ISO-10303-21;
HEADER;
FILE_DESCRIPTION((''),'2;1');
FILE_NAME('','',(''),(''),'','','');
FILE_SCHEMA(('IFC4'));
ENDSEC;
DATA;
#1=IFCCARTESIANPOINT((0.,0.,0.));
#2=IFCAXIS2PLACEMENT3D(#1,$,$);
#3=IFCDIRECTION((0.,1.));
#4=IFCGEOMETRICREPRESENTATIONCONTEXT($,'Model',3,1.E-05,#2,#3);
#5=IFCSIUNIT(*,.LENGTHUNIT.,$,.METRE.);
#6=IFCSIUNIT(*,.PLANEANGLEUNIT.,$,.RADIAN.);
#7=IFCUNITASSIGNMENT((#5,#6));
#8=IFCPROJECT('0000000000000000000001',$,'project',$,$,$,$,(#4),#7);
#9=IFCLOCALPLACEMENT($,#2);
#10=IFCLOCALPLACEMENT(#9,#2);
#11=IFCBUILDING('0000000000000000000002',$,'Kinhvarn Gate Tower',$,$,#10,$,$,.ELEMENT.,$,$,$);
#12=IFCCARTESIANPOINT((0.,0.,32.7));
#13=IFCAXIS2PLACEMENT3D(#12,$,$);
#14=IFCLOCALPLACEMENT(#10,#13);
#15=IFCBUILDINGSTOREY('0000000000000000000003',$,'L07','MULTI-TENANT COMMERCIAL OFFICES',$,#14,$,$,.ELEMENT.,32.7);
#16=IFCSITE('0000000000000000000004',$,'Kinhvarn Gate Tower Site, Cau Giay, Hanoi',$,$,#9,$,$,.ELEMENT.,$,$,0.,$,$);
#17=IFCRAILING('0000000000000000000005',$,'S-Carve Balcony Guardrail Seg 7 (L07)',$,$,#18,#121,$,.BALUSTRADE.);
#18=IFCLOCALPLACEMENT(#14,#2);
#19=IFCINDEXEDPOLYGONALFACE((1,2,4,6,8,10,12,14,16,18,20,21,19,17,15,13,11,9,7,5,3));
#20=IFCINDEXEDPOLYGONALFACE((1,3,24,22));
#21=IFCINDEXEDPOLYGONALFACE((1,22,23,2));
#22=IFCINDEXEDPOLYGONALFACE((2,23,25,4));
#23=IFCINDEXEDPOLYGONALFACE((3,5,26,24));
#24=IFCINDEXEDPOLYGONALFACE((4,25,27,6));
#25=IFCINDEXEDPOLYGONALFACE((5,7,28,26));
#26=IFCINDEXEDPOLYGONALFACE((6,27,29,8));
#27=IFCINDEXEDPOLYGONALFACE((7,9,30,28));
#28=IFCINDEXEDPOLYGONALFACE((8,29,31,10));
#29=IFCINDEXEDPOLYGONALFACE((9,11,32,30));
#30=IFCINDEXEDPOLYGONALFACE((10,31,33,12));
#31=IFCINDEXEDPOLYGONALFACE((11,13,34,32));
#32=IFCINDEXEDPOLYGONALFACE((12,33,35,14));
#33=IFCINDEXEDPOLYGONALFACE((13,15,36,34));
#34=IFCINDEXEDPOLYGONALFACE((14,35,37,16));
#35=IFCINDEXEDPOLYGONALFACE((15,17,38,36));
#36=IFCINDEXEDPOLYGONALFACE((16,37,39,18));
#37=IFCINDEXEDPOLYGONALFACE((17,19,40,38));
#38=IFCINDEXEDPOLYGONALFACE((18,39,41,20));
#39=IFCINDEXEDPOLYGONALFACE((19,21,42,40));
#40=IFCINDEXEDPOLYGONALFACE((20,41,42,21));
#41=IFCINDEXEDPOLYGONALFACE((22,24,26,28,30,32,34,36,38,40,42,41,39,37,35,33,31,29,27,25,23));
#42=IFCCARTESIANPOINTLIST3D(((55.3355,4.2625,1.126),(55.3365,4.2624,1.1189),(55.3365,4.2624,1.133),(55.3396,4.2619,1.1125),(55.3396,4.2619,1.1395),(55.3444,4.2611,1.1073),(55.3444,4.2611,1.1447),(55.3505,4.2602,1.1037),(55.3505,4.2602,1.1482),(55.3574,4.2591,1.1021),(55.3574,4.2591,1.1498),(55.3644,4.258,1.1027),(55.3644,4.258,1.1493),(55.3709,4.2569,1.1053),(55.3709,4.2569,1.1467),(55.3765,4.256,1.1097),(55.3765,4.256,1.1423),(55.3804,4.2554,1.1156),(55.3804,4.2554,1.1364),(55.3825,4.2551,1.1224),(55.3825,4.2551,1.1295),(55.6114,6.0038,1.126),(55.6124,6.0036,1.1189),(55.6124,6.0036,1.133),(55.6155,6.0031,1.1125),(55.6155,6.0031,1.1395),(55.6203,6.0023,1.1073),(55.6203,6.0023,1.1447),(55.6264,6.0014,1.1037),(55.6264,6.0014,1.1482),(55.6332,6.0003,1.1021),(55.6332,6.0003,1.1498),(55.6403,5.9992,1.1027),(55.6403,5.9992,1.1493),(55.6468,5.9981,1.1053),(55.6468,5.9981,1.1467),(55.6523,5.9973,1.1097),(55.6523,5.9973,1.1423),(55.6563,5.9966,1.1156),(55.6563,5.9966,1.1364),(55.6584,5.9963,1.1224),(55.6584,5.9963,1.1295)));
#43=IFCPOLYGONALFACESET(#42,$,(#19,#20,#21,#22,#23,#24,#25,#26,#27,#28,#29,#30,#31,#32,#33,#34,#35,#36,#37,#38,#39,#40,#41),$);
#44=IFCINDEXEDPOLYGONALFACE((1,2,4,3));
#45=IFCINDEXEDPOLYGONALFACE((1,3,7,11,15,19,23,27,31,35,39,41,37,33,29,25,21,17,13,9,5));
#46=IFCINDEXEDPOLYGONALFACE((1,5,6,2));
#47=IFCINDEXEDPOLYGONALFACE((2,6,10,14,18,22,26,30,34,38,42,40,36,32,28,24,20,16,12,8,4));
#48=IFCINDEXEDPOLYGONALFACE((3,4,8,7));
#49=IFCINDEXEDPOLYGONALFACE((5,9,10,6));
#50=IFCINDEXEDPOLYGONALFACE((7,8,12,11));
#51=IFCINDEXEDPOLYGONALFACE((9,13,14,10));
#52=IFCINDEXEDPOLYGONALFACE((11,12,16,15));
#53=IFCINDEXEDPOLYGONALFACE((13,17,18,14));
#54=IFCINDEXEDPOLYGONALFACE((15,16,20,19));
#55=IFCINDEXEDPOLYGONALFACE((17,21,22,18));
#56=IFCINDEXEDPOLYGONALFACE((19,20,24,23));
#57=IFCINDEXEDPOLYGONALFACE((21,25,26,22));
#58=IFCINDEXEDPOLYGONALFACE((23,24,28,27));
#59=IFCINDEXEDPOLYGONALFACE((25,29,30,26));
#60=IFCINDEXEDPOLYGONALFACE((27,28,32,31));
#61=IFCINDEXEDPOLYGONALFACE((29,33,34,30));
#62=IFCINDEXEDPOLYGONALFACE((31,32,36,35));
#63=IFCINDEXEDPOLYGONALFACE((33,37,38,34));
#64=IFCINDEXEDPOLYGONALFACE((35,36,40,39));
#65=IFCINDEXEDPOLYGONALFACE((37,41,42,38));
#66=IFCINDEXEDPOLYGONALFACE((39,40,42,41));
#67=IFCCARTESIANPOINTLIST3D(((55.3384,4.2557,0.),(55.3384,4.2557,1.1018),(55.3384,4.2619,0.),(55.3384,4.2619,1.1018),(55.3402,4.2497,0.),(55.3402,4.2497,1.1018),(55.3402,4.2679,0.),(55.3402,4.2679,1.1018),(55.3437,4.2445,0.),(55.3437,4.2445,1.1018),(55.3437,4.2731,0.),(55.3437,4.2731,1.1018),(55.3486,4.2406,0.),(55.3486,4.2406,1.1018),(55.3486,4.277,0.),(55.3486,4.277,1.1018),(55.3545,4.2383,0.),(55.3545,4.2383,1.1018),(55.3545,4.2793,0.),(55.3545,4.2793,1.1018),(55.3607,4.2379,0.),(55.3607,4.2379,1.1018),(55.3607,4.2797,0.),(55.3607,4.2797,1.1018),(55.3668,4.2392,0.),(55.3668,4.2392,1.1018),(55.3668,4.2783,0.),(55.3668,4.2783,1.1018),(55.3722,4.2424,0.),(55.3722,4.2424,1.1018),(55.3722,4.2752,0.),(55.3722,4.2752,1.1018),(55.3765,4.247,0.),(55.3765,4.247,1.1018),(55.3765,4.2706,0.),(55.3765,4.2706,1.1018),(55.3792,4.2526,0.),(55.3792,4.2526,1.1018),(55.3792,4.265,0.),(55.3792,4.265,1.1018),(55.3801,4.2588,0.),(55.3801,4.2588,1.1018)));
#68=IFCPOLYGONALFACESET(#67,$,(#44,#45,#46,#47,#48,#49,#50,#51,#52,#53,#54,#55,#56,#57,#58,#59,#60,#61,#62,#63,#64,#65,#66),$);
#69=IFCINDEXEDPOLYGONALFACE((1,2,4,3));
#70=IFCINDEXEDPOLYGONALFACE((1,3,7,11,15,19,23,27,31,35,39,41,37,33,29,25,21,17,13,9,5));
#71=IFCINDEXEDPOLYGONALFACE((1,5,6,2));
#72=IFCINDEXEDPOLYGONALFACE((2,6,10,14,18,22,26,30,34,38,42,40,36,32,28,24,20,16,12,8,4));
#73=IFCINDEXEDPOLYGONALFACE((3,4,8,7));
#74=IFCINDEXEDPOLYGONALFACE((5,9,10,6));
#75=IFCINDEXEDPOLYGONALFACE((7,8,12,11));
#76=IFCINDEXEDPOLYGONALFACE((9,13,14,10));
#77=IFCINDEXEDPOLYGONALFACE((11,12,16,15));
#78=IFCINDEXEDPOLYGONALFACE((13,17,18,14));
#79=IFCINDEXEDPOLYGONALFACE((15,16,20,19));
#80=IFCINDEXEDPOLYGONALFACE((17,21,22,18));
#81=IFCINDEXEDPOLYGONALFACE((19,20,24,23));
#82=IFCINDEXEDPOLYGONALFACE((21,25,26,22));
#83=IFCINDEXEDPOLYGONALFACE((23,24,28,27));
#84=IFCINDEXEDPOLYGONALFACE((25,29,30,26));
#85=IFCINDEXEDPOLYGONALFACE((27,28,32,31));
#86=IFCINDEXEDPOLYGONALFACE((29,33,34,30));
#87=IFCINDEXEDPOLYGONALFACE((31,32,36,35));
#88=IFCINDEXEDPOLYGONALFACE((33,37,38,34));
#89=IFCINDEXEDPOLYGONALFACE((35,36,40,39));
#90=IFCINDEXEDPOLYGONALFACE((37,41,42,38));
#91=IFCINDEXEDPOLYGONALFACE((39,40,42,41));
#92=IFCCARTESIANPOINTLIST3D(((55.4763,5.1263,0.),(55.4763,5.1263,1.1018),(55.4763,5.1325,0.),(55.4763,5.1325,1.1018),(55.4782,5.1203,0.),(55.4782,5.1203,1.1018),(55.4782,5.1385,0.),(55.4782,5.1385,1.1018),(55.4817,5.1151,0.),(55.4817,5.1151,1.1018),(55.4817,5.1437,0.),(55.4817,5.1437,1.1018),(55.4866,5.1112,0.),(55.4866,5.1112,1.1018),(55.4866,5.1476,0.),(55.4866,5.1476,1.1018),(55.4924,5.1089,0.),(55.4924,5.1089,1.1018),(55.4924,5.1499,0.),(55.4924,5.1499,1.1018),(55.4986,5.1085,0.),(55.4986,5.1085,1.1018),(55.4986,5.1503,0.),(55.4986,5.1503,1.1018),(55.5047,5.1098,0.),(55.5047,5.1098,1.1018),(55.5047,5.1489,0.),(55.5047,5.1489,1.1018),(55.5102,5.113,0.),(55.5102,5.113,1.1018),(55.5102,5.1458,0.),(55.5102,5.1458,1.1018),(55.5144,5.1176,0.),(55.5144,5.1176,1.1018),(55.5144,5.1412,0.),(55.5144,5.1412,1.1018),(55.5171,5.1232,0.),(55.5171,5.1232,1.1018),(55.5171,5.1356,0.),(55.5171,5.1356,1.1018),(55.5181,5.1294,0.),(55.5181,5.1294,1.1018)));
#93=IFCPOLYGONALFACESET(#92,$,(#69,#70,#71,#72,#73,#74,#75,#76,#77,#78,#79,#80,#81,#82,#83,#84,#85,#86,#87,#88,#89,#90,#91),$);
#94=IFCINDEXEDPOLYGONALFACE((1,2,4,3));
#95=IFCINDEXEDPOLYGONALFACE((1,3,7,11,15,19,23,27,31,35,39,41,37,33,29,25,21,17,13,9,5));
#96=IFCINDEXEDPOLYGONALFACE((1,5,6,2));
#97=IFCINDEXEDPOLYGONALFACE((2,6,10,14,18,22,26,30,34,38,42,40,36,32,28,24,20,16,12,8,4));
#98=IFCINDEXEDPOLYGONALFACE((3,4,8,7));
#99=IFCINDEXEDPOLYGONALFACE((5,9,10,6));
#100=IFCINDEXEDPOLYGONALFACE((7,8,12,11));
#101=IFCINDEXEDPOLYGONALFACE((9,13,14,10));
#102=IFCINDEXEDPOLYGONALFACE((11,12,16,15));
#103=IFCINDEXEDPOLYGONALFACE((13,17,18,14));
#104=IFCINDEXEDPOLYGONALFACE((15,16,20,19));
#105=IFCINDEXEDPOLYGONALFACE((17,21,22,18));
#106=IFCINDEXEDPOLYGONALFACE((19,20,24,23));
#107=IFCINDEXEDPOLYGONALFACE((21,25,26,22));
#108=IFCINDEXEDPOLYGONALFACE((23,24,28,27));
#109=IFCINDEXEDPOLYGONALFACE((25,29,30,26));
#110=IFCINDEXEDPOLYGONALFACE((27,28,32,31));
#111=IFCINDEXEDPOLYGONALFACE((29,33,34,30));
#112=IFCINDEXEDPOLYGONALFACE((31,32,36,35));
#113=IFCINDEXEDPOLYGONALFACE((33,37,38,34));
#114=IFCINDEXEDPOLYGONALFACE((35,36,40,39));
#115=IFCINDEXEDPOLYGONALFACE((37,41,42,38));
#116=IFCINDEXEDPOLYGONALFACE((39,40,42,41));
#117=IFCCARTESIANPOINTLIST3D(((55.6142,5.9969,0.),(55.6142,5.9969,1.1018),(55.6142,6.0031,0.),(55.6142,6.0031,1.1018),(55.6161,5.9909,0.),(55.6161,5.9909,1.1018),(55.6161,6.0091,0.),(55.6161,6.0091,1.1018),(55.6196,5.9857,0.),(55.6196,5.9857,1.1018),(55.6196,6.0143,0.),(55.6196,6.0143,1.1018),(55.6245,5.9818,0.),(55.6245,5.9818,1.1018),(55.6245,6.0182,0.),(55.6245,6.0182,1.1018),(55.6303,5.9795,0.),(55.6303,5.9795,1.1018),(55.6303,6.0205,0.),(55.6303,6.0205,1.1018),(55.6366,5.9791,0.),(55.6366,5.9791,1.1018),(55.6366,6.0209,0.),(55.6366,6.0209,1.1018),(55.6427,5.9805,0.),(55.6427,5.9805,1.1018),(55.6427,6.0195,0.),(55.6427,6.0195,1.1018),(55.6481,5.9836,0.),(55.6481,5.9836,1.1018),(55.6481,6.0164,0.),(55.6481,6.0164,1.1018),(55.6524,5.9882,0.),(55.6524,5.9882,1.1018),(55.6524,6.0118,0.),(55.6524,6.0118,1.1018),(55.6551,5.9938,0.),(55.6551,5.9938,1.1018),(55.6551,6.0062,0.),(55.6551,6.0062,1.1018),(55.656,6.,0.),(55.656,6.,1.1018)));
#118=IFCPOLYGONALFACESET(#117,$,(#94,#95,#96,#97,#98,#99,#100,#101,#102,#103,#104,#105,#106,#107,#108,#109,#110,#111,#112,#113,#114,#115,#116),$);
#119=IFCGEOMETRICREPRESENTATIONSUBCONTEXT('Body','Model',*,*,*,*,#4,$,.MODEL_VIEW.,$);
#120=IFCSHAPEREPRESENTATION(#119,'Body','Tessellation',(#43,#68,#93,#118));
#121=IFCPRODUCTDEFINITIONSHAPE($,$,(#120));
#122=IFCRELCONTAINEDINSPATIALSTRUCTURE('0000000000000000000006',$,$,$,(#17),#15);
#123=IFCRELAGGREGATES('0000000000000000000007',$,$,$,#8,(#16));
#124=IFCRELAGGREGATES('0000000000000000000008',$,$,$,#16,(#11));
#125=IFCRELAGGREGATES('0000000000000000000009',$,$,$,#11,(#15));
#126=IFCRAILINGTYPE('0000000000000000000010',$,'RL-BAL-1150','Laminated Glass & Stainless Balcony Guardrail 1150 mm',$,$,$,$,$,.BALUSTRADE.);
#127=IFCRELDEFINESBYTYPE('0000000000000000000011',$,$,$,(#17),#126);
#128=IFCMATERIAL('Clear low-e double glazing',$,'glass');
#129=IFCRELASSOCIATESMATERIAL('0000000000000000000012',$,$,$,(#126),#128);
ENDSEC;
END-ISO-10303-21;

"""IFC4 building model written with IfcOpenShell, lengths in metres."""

from ifc_helpers import new_model, si_unit, direction, frame, origin, origin_2d, place, context, subcontext, project, spatial, circle, extrude, material, type_object, element, save


model = new_model("IFC4")

# Units and contexts
model_context = context("Model", 3, precision=1e-05, world=origin(), true_north=direction((0.0, 1.0)))
body_context = subcontext(model_context, "Body", "Model", "MODEL_VIEW")
ifc_project = project(units=[si_unit("LENGTHUNIT", "METRE"), si_unit("PLANEANGLEUNIT", "RADIAN")], contexts=[model_context])

# Site, building, storey
site_placement = place(None, origin())
site = spatial("IfcSite", under=ifc_project, at=site_placement, Name="Kinhvarn Gate Tower Site, Cau Giay, Hanoi", CompositionType="ELEMENT", RefElevation=0.0)
building_placement = place(site_placement, origin())
building = spatial("IfcBuilding", under=site, at=building_placement, Name="Kinhvarn Gate Tower", CompositionType="ELEMENT")
storey_placement = place(building_placement, frame((0.0, 0.0, 32.7)))
storey = spatial("IfcBuildingStorey", under=building, at=storey_placement, Name="L07", Description="MULTI-TENANT COMMERCIAL OFFICES", CompositionType="ELEMENT", Elevation=32.7)

# Shared definitions
ifc_material_1 = material(Name="Clear low-e double glazing", Category="glass")

# Railing
railing_type = type_object("IfcRailingType", Name="RL-BAL-1150", Description="Laminated Glass & Stainless Balcony Guardrail 1150 mm", PredefinedType="BALUSTRADE", material=ifc_material_1)
railing_1_placement = place(storey_placement, frame((55.3591, 4.2588, 0.0)))
element("IfcRailing", 1, at=railing_1_placement, inside=storey, type_object=railing_type, Name="S-Carve Balcony Guardrail Seg 7 (L07)", PredefinedType="BALUSTRADE", context=body_context, shape_type="SweptSolid", body=[
    extrude(circle(Radius=0.0239, at=origin_2d()), frame((0.0, 0.0, 1.126), z_axis=(0.156489, 0.98768, 0.0), x_axis=(-0.98768, 0.156489, 0.0)), (0.0, 0.0, 1.0), 1.7629),
    extrude(circle(Radius=0.021, at=origin_2d()), origin(), (0.0, 0.0, 1.0), 1.1018),
    extrude(circle(Radius=0.021, at=origin_2d()), frame((0.1379, 0.8706, 0.0)), (0.0, 0.0, 1.0), 1.1018),
    extrude(circle(Radius=0.021, at=origin_2d()), frame((0.2759, 1.7412, 0.0)), (0.0, 0.0, 1.0), 1.1018),
])

save(model, "model.ifc")
